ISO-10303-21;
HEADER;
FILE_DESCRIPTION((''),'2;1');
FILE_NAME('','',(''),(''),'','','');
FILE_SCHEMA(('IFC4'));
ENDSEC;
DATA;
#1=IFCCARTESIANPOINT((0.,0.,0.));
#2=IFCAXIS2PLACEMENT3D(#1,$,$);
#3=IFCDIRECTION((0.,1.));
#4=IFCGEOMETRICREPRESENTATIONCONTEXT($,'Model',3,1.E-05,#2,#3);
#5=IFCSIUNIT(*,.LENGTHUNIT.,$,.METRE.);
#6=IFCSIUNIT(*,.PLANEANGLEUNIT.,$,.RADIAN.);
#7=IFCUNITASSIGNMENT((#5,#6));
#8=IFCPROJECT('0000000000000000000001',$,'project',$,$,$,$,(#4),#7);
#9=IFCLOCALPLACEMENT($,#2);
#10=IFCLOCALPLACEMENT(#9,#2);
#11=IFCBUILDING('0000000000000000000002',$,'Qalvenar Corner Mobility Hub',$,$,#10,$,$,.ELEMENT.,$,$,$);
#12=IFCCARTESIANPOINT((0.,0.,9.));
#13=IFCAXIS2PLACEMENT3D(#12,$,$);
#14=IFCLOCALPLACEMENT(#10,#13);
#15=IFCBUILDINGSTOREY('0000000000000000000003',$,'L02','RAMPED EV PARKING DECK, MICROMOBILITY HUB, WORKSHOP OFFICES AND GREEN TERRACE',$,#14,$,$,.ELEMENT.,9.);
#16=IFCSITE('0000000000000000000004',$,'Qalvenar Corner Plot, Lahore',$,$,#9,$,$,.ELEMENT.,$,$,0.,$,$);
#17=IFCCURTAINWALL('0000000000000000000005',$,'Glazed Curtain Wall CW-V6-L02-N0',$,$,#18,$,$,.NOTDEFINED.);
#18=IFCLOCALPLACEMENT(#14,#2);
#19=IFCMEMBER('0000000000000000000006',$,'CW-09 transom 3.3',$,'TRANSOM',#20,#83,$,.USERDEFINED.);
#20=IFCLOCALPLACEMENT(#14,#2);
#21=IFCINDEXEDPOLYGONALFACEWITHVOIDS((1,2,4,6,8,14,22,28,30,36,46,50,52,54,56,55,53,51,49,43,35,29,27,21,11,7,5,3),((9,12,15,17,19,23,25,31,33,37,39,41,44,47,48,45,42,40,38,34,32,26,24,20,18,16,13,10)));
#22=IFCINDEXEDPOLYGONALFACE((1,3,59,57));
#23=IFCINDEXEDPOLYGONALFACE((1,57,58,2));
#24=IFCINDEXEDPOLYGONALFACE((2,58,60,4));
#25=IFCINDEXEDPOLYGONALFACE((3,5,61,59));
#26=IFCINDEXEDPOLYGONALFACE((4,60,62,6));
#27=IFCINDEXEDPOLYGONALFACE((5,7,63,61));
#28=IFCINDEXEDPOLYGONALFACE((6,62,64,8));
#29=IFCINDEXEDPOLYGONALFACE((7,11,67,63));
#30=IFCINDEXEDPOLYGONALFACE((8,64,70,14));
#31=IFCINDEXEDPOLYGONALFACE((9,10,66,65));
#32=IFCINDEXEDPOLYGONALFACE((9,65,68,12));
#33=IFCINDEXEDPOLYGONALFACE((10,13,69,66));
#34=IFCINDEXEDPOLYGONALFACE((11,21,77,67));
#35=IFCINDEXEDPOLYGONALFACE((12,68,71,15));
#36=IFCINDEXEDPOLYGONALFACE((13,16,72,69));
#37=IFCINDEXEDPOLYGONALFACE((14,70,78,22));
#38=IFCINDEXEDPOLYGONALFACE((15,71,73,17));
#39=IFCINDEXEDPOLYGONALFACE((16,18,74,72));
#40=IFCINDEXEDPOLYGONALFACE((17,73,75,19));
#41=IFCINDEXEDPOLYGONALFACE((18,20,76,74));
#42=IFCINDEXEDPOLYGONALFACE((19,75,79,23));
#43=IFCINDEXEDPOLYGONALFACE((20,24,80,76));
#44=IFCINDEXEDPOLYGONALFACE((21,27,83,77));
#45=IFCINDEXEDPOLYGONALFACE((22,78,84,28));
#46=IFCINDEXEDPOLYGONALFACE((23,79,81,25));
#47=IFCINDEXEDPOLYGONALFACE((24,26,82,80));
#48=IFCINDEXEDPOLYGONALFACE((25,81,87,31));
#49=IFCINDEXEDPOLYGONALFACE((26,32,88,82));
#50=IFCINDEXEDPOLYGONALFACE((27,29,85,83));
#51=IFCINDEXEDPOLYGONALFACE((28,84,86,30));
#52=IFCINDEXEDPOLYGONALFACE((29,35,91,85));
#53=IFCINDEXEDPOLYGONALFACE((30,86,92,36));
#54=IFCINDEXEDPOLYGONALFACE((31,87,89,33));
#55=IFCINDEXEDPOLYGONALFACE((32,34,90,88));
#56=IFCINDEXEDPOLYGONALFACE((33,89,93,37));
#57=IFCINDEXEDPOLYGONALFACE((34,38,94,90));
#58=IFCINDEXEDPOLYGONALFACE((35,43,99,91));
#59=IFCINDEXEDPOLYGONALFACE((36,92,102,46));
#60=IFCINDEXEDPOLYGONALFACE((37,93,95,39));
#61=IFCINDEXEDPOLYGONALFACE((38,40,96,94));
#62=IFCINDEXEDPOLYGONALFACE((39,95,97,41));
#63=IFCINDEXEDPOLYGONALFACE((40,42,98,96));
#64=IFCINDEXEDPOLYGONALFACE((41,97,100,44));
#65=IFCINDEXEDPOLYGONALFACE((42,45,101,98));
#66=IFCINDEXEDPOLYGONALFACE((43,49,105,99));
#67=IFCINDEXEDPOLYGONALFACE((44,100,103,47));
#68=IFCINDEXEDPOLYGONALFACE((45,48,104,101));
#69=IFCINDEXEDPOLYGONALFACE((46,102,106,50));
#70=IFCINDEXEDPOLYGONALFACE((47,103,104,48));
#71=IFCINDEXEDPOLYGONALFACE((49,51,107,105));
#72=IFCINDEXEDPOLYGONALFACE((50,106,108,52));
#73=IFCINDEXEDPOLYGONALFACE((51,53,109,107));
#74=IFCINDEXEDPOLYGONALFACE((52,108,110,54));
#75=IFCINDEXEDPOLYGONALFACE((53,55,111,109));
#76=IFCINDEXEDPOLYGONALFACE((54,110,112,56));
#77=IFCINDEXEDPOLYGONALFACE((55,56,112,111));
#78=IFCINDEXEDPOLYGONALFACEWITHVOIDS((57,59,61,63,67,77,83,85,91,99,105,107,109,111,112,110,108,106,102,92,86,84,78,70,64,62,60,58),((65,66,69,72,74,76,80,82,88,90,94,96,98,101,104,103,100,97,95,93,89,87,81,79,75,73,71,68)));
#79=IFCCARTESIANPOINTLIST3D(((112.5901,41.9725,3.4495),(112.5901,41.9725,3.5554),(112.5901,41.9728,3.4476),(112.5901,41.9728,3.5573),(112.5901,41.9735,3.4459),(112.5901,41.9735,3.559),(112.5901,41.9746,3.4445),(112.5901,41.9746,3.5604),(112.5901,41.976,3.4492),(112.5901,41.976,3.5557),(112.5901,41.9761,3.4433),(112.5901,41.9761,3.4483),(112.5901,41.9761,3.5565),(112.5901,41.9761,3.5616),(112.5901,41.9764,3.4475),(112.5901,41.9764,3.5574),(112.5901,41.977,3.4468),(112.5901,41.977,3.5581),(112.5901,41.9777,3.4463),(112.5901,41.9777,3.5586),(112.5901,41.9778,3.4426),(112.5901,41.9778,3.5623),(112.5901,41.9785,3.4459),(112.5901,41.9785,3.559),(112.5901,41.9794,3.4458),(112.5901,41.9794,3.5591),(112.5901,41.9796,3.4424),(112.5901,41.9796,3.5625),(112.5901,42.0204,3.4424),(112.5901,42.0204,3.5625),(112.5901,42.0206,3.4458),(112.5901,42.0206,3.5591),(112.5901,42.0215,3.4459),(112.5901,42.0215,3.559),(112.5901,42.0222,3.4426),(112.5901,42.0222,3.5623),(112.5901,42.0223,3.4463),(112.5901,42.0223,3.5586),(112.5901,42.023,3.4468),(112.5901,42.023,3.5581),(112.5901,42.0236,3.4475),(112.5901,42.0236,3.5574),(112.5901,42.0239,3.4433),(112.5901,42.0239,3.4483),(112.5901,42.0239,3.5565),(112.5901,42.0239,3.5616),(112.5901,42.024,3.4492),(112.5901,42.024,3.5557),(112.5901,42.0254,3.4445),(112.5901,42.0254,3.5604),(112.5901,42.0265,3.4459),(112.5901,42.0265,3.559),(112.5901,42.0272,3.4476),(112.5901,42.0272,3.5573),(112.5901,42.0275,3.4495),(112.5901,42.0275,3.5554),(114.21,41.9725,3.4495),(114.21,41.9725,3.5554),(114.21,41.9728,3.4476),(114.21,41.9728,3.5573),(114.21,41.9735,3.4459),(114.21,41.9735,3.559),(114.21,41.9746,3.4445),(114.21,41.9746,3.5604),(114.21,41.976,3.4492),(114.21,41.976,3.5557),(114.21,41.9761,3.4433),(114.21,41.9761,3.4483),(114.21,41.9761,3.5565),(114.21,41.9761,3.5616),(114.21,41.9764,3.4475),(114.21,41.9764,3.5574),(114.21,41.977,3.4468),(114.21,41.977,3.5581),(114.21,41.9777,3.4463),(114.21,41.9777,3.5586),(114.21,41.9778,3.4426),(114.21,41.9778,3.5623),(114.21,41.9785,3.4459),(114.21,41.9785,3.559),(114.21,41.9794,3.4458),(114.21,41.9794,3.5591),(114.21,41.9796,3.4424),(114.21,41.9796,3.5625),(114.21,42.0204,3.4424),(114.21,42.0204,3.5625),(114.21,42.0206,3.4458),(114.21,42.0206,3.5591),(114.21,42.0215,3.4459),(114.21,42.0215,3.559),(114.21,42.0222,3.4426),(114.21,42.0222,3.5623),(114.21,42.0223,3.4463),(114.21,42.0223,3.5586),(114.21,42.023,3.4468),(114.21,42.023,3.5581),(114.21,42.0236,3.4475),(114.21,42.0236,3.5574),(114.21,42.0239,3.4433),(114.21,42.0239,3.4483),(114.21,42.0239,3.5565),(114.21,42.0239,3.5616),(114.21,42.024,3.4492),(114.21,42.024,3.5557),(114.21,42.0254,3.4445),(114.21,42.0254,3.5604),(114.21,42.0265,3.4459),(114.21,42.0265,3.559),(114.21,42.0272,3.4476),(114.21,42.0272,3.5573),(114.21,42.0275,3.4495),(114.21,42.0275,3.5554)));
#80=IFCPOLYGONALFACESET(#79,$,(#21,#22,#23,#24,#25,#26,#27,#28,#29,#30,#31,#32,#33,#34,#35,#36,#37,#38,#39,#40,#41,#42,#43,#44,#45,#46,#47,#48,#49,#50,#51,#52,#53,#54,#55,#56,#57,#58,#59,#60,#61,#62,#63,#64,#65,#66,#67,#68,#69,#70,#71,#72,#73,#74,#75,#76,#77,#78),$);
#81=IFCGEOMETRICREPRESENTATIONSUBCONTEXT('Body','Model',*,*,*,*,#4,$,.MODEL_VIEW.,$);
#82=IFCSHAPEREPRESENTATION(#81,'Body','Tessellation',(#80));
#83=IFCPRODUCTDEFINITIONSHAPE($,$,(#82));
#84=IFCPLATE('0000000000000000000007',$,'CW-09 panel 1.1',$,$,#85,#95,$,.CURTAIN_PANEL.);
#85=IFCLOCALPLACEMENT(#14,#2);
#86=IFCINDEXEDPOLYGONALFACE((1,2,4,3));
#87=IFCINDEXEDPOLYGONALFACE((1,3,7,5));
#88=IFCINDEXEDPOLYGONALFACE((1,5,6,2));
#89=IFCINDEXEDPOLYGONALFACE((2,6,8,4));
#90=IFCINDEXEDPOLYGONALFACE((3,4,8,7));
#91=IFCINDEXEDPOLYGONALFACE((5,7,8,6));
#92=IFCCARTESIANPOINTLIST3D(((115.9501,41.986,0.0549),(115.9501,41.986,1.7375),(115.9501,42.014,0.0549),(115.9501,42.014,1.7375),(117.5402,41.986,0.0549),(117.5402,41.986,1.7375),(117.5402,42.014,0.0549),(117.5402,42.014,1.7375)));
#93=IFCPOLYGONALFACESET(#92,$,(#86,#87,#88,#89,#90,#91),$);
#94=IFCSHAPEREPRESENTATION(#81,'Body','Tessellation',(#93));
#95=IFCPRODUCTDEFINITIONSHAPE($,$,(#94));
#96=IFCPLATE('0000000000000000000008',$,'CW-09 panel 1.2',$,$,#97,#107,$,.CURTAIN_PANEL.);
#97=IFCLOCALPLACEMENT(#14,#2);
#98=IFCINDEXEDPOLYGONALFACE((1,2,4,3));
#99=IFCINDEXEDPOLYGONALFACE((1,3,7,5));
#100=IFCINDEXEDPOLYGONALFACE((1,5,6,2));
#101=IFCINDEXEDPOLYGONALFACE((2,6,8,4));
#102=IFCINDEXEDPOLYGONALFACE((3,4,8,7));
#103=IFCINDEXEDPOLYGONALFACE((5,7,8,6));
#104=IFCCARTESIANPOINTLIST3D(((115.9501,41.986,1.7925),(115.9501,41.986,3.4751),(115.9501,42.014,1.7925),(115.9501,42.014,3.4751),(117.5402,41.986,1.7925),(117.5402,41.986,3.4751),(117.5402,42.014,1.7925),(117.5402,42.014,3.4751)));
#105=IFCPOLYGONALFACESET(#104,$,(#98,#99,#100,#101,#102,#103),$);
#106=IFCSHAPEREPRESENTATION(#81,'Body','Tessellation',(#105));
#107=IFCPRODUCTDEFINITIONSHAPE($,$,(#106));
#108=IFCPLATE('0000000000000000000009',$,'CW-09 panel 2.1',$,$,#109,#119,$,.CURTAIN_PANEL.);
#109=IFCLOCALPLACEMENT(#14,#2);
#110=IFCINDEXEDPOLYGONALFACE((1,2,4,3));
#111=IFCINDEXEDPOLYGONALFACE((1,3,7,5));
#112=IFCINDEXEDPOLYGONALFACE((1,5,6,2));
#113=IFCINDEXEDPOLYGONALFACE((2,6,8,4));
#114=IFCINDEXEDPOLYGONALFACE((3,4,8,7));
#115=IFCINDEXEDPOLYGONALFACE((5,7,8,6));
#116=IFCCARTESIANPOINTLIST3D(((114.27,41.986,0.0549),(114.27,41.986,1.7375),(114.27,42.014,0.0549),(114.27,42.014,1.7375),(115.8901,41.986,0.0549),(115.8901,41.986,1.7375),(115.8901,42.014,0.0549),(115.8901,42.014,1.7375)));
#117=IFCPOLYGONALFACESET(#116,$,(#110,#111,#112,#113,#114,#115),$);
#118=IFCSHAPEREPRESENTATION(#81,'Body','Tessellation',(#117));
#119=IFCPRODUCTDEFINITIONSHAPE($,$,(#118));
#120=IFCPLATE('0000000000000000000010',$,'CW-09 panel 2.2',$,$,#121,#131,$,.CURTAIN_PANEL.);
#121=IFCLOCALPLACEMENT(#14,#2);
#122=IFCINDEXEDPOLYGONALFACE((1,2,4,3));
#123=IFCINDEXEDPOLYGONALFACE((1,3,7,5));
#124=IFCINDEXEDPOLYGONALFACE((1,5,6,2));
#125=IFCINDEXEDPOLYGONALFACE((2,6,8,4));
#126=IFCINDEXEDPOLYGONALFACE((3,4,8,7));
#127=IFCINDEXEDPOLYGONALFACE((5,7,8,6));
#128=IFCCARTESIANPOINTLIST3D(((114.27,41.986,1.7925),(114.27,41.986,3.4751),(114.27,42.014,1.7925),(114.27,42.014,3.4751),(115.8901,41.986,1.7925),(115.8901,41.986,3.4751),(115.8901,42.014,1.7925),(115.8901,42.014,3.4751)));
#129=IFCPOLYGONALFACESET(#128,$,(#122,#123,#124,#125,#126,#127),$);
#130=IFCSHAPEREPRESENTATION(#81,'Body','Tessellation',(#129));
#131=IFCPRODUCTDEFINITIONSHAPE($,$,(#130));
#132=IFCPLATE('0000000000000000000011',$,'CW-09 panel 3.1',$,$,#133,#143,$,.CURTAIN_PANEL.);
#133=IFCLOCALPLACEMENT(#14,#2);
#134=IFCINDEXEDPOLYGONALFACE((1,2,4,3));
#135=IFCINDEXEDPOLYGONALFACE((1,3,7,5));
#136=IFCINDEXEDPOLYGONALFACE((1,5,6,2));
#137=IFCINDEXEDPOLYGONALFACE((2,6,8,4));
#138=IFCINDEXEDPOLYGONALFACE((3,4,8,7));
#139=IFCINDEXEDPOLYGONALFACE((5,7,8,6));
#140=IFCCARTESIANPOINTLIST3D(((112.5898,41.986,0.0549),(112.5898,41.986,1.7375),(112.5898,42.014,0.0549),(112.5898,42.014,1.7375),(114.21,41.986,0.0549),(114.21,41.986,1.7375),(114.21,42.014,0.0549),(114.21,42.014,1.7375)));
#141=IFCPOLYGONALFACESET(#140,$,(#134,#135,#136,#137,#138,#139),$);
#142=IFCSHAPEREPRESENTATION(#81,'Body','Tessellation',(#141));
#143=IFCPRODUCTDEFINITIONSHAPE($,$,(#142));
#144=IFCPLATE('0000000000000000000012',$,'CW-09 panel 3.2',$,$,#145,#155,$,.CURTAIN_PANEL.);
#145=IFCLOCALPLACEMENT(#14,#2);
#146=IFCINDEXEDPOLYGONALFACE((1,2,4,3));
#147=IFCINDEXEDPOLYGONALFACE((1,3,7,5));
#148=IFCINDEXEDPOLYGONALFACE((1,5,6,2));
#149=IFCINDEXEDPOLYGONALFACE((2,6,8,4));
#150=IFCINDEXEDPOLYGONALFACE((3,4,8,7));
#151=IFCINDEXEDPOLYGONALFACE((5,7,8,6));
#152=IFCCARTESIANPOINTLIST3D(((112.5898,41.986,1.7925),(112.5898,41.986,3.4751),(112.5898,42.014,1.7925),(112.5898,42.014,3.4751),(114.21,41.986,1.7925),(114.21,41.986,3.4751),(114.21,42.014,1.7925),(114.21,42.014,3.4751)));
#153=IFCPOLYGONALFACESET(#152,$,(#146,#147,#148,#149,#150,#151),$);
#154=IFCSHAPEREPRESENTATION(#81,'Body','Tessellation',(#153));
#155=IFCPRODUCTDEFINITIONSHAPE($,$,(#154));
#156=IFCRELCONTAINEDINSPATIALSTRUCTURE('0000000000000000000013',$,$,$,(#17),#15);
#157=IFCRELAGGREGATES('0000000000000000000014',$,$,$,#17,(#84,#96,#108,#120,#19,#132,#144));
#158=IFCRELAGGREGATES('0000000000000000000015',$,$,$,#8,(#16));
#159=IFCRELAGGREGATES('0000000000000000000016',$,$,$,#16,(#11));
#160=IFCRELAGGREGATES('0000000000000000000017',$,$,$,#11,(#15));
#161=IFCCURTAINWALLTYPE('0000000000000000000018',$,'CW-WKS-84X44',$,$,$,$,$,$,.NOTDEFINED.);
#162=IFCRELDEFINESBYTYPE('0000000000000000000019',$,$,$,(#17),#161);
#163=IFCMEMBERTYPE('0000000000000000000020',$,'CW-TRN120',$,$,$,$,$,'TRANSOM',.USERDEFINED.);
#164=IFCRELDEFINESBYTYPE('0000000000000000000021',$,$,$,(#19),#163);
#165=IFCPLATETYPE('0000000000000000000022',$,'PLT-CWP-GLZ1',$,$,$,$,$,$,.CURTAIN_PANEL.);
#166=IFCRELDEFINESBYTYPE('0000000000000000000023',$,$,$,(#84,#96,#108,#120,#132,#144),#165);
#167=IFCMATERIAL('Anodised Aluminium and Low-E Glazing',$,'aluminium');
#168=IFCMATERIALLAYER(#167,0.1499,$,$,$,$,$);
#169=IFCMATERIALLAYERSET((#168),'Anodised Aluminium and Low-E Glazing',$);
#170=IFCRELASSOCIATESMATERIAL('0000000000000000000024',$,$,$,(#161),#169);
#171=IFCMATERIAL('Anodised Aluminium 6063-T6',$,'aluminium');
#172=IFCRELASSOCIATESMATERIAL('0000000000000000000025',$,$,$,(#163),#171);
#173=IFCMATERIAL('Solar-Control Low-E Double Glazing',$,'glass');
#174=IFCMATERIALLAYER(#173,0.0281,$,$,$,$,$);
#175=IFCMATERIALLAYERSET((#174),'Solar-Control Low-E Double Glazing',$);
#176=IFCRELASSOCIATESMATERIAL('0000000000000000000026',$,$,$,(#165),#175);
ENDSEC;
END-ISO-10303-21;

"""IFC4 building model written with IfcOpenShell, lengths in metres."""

from ifc_helpers import new_model, si_unit, direction, frame, origin, origin_2d, place, context, subcontext, project, spatial, rectangle, hollow_rectangle, extrude, material, layer, layer_set, material_profile, profile_set, type_object, element, aggregate, save


model = new_model("IFC4")

# Units and contexts
model_context = context("Model", 3, precision=1e-05, world=origin(), true_north=direction((0.0, 1.0)))
body_context = subcontext(model_context, "Body", "Model", "MODEL_VIEW")
ifc_project = project(units=[si_unit("LENGTHUNIT", "METRE"), si_unit("PLANEANGLEUNIT", "RADIAN")], contexts=[model_context])

# Site, building, storey
site_placement = place(None, origin())
site = spatial("IfcSite", under=ifc_project, at=site_placement, Name="Qalvenar Corner Plot, Lahore", CompositionType="ELEMENT", RefElevation=0.0)
building_placement = place(site_placement, origin())
building = spatial("IfcBuilding", under=site, at=building_placement, Name="Qalvenar Corner Mobility Hub", CompositionType="ELEMENT")
storey_placement = place(building_placement, frame((0.0, 0.0, 9.0)))
storey = spatial("IfcBuildingStorey", under=building, at=storey_placement, Name="L02", Description="RAMPED EV PARKING DECK, MICROMOBILITY HUB, WORKSHOP OFFICES AND GREEN TERRACE", CompositionType="ELEMENT", Elevation=9.0)

# Curtain wall
ifc_material_1 = material(Name="Anodised Aluminium and Low-E Glazing", Category="aluminium")
ifc_layer_1 = layer(ifc_material_1, 0.1499)
ifc_layer_set_1 = layer_set([ifc_layer_1], Name="Anodised Aluminium and Low-E Glazing")
curtain_wall_type = type_object("IfcCurtainWallType", Name="CW-WKS-84X44", PredefinedType="NOTDEFINED", material=ifc_layer_set_1)
curtain_wall_1_placement = place(storey_placement, origin())
curtain_wall_1 = element("IfcCurtainWall", 1, at=curtain_wall_1_placement, inside=storey, type_object=curtain_wall_type, Name="Glazed Curtain Wall CW-V6-L02-N0", PredefinedType="NOTDEFINED")
ifc_material_2 = material(Name="Anodised Aluminium 6063-T6", Category="aluminium")

# Member
ifc_material_profile_1 = material_profile(ifc_material_2, hollow_rectangle(XDim=0.0549, YDim=0.1201, WallThickness=0.0034, InnerFilletRadius=0.0034, OuterFilletRadius=0.0071, at=origin_2d()), Name="RHS120x55x3.5")
ifc_profile_set_1 = profile_set([ifc_material_profile_1], Name="Anodised Aluminium 6063-T6")
member_type_1 = type_object("IfcMemberType", Name="CW-TRN120", ElementType="TRANSOM", PredefinedType="USERDEFINED", material=ifc_profile_set_1)
member_1_placement = place(storey_placement, frame((114.21, 42.0, 3.5024), z_axis=(-1.0, 0.0, 0.0), x_axis=(0.0, -1.0, 0.0)))
member_1 = element("IfcMember", 2, at=member_1_placement, type_object=member_type_1, Name="CW-09 transom 3.3", ObjectType="TRANSOM", PredefinedType="USERDEFINED", context=body_context, shape_type="SweptSolid", body=[
    extrude(hollow_rectangle(XDim=0.0549, YDim=0.1201, WallThickness=0.0034, InnerFilletRadius=0.0034, OuterFilletRadius=0.0071, at=origin_2d()), origin(), (0.0, 0.0, 1.0), 1.6199),
])

# Plates
ifc_material_3 = material(Name="Solar-Control Low-E Double Glazing", Category="glass")
ifc_layer_2 = layer(ifc_material_3, 0.0281)
ifc_layer_set_2 = layer_set([ifc_layer_2], Name="Solar-Control Low-E Double Glazing")
plate_type = type_object("IfcPlateType", Name="PLT-CWP-GLZ1", PredefinedType="CURTAIN_PANEL", material=ifc_layer_set_2)
plate_1_placement = place(storey_placement, frame((116.7451, 42.0, 0.0549), z_axis=(0.0, 0.0, 1.0), x_axis=(-1.0, 0.0, 0.0)))
plate_1 = element("IfcPlate", 3, at=plate_1_placement, type_object=plate_type, Name="CW-09 panel 1.1", PredefinedType="CURTAIN_PANEL", context=body_context, shape_type="SweptSolid", body=[
    extrude(rectangle(XDim=1.5901, YDim=0.0281, at=origin_2d()), origin(), (0.0, 0.0, 1.0), 1.6826),
])
plate_2_placement = place(storey_placement, frame((116.7451, 42.0, 1.7925), z_axis=(0.0, 0.0, 1.0), x_axis=(-1.0, 0.0, 0.0)))
plate_2 = element("IfcPlate", 4, at=plate_2_placement, type_object=plate_type, Name="CW-09 panel 1.2", PredefinedType="CURTAIN_PANEL", context=body_context, shape_type="SweptSolid", body=[
    extrude(rectangle(XDim=1.5901, YDim=0.0281, at=origin_2d()), origin(), (0.0, 0.0, 1.0), 1.6826),
])
plate_3_placement = place(storey_placement, frame((115.0801, 42.0, 0.0549), z_axis=(0.0, 0.0, 1.0), x_axis=(-1.0, 0.0, 0.0)))
plate_3 = element("IfcPlate", 5, at=plate_3_placement, type_object=plate_type, Name="CW-09 panel 2.1", PredefinedType="CURTAIN_PANEL", context=body_context, shape_type="SweptSolid", body=[
    extrude(rectangle(XDim=1.6201, YDim=0.0281, at=origin_2d()), origin(), (0.0, 0.0, 1.0), 1.6826),
])
plate_4_placement = place(storey_placement, frame((115.0801, 42.0, 1.7925), z_axis=(0.0, 0.0, 1.0), x_axis=(-1.0, 0.0, 0.0)))
plate_4 = element("IfcPlate", 6, at=plate_4_placement, type_object=plate_type, Name="CW-09 panel 2.2", PredefinedType="CURTAIN_PANEL", context=body_context, shape_type="SweptSolid", body=[
    extrude(rectangle(XDim=1.6201, YDim=0.0281, at=origin_2d()), origin(), (0.0, 0.0, 1.0), 1.6826),
])
plate_5_placement = place(storey_placement, frame((113.3999, 42.0, 0.0549), z_axis=(0.0, 0.0, 1.0), x_axis=(-1.0, 0.0, 0.0)))
plate_5 = element("IfcPlate", 7, at=plate_5_placement, type_object=plate_type, Name="CW-09 panel 3.1", PredefinedType="CURTAIN_PANEL", context=body_context, shape_type="SweptSolid", body=[
    extrude(rectangle(XDim=1.6201, YDim=0.0281, at=origin_2d()), origin(), (0.0, 0.0, 1.0), 1.6826),
])
plate_6_placement = place(storey_placement, frame((113.3999, 42.0, 1.7925), z_axis=(0.0, 0.0, 1.0), x_axis=(-1.0, 0.0, 0.0)))
plate_6 = element("IfcPlate", 8, at=plate_6_placement, type_object=plate_type, Name="CW-09 panel 3.2", PredefinedType="CURTAIN_PANEL", context=body_context, shape_type="SweptSolid", body=[
    extrude(rectangle(XDim=1.6201, YDim=0.0281, at=origin_2d()), origin(), (0.0, 0.0, 1.0), 1.6826),
])
aggregate(curtain_wall_1, [plate_1, plate_2, plate_3, plate_4, member_1, plate_5, plate_6])

save(model, "model.ifc")
